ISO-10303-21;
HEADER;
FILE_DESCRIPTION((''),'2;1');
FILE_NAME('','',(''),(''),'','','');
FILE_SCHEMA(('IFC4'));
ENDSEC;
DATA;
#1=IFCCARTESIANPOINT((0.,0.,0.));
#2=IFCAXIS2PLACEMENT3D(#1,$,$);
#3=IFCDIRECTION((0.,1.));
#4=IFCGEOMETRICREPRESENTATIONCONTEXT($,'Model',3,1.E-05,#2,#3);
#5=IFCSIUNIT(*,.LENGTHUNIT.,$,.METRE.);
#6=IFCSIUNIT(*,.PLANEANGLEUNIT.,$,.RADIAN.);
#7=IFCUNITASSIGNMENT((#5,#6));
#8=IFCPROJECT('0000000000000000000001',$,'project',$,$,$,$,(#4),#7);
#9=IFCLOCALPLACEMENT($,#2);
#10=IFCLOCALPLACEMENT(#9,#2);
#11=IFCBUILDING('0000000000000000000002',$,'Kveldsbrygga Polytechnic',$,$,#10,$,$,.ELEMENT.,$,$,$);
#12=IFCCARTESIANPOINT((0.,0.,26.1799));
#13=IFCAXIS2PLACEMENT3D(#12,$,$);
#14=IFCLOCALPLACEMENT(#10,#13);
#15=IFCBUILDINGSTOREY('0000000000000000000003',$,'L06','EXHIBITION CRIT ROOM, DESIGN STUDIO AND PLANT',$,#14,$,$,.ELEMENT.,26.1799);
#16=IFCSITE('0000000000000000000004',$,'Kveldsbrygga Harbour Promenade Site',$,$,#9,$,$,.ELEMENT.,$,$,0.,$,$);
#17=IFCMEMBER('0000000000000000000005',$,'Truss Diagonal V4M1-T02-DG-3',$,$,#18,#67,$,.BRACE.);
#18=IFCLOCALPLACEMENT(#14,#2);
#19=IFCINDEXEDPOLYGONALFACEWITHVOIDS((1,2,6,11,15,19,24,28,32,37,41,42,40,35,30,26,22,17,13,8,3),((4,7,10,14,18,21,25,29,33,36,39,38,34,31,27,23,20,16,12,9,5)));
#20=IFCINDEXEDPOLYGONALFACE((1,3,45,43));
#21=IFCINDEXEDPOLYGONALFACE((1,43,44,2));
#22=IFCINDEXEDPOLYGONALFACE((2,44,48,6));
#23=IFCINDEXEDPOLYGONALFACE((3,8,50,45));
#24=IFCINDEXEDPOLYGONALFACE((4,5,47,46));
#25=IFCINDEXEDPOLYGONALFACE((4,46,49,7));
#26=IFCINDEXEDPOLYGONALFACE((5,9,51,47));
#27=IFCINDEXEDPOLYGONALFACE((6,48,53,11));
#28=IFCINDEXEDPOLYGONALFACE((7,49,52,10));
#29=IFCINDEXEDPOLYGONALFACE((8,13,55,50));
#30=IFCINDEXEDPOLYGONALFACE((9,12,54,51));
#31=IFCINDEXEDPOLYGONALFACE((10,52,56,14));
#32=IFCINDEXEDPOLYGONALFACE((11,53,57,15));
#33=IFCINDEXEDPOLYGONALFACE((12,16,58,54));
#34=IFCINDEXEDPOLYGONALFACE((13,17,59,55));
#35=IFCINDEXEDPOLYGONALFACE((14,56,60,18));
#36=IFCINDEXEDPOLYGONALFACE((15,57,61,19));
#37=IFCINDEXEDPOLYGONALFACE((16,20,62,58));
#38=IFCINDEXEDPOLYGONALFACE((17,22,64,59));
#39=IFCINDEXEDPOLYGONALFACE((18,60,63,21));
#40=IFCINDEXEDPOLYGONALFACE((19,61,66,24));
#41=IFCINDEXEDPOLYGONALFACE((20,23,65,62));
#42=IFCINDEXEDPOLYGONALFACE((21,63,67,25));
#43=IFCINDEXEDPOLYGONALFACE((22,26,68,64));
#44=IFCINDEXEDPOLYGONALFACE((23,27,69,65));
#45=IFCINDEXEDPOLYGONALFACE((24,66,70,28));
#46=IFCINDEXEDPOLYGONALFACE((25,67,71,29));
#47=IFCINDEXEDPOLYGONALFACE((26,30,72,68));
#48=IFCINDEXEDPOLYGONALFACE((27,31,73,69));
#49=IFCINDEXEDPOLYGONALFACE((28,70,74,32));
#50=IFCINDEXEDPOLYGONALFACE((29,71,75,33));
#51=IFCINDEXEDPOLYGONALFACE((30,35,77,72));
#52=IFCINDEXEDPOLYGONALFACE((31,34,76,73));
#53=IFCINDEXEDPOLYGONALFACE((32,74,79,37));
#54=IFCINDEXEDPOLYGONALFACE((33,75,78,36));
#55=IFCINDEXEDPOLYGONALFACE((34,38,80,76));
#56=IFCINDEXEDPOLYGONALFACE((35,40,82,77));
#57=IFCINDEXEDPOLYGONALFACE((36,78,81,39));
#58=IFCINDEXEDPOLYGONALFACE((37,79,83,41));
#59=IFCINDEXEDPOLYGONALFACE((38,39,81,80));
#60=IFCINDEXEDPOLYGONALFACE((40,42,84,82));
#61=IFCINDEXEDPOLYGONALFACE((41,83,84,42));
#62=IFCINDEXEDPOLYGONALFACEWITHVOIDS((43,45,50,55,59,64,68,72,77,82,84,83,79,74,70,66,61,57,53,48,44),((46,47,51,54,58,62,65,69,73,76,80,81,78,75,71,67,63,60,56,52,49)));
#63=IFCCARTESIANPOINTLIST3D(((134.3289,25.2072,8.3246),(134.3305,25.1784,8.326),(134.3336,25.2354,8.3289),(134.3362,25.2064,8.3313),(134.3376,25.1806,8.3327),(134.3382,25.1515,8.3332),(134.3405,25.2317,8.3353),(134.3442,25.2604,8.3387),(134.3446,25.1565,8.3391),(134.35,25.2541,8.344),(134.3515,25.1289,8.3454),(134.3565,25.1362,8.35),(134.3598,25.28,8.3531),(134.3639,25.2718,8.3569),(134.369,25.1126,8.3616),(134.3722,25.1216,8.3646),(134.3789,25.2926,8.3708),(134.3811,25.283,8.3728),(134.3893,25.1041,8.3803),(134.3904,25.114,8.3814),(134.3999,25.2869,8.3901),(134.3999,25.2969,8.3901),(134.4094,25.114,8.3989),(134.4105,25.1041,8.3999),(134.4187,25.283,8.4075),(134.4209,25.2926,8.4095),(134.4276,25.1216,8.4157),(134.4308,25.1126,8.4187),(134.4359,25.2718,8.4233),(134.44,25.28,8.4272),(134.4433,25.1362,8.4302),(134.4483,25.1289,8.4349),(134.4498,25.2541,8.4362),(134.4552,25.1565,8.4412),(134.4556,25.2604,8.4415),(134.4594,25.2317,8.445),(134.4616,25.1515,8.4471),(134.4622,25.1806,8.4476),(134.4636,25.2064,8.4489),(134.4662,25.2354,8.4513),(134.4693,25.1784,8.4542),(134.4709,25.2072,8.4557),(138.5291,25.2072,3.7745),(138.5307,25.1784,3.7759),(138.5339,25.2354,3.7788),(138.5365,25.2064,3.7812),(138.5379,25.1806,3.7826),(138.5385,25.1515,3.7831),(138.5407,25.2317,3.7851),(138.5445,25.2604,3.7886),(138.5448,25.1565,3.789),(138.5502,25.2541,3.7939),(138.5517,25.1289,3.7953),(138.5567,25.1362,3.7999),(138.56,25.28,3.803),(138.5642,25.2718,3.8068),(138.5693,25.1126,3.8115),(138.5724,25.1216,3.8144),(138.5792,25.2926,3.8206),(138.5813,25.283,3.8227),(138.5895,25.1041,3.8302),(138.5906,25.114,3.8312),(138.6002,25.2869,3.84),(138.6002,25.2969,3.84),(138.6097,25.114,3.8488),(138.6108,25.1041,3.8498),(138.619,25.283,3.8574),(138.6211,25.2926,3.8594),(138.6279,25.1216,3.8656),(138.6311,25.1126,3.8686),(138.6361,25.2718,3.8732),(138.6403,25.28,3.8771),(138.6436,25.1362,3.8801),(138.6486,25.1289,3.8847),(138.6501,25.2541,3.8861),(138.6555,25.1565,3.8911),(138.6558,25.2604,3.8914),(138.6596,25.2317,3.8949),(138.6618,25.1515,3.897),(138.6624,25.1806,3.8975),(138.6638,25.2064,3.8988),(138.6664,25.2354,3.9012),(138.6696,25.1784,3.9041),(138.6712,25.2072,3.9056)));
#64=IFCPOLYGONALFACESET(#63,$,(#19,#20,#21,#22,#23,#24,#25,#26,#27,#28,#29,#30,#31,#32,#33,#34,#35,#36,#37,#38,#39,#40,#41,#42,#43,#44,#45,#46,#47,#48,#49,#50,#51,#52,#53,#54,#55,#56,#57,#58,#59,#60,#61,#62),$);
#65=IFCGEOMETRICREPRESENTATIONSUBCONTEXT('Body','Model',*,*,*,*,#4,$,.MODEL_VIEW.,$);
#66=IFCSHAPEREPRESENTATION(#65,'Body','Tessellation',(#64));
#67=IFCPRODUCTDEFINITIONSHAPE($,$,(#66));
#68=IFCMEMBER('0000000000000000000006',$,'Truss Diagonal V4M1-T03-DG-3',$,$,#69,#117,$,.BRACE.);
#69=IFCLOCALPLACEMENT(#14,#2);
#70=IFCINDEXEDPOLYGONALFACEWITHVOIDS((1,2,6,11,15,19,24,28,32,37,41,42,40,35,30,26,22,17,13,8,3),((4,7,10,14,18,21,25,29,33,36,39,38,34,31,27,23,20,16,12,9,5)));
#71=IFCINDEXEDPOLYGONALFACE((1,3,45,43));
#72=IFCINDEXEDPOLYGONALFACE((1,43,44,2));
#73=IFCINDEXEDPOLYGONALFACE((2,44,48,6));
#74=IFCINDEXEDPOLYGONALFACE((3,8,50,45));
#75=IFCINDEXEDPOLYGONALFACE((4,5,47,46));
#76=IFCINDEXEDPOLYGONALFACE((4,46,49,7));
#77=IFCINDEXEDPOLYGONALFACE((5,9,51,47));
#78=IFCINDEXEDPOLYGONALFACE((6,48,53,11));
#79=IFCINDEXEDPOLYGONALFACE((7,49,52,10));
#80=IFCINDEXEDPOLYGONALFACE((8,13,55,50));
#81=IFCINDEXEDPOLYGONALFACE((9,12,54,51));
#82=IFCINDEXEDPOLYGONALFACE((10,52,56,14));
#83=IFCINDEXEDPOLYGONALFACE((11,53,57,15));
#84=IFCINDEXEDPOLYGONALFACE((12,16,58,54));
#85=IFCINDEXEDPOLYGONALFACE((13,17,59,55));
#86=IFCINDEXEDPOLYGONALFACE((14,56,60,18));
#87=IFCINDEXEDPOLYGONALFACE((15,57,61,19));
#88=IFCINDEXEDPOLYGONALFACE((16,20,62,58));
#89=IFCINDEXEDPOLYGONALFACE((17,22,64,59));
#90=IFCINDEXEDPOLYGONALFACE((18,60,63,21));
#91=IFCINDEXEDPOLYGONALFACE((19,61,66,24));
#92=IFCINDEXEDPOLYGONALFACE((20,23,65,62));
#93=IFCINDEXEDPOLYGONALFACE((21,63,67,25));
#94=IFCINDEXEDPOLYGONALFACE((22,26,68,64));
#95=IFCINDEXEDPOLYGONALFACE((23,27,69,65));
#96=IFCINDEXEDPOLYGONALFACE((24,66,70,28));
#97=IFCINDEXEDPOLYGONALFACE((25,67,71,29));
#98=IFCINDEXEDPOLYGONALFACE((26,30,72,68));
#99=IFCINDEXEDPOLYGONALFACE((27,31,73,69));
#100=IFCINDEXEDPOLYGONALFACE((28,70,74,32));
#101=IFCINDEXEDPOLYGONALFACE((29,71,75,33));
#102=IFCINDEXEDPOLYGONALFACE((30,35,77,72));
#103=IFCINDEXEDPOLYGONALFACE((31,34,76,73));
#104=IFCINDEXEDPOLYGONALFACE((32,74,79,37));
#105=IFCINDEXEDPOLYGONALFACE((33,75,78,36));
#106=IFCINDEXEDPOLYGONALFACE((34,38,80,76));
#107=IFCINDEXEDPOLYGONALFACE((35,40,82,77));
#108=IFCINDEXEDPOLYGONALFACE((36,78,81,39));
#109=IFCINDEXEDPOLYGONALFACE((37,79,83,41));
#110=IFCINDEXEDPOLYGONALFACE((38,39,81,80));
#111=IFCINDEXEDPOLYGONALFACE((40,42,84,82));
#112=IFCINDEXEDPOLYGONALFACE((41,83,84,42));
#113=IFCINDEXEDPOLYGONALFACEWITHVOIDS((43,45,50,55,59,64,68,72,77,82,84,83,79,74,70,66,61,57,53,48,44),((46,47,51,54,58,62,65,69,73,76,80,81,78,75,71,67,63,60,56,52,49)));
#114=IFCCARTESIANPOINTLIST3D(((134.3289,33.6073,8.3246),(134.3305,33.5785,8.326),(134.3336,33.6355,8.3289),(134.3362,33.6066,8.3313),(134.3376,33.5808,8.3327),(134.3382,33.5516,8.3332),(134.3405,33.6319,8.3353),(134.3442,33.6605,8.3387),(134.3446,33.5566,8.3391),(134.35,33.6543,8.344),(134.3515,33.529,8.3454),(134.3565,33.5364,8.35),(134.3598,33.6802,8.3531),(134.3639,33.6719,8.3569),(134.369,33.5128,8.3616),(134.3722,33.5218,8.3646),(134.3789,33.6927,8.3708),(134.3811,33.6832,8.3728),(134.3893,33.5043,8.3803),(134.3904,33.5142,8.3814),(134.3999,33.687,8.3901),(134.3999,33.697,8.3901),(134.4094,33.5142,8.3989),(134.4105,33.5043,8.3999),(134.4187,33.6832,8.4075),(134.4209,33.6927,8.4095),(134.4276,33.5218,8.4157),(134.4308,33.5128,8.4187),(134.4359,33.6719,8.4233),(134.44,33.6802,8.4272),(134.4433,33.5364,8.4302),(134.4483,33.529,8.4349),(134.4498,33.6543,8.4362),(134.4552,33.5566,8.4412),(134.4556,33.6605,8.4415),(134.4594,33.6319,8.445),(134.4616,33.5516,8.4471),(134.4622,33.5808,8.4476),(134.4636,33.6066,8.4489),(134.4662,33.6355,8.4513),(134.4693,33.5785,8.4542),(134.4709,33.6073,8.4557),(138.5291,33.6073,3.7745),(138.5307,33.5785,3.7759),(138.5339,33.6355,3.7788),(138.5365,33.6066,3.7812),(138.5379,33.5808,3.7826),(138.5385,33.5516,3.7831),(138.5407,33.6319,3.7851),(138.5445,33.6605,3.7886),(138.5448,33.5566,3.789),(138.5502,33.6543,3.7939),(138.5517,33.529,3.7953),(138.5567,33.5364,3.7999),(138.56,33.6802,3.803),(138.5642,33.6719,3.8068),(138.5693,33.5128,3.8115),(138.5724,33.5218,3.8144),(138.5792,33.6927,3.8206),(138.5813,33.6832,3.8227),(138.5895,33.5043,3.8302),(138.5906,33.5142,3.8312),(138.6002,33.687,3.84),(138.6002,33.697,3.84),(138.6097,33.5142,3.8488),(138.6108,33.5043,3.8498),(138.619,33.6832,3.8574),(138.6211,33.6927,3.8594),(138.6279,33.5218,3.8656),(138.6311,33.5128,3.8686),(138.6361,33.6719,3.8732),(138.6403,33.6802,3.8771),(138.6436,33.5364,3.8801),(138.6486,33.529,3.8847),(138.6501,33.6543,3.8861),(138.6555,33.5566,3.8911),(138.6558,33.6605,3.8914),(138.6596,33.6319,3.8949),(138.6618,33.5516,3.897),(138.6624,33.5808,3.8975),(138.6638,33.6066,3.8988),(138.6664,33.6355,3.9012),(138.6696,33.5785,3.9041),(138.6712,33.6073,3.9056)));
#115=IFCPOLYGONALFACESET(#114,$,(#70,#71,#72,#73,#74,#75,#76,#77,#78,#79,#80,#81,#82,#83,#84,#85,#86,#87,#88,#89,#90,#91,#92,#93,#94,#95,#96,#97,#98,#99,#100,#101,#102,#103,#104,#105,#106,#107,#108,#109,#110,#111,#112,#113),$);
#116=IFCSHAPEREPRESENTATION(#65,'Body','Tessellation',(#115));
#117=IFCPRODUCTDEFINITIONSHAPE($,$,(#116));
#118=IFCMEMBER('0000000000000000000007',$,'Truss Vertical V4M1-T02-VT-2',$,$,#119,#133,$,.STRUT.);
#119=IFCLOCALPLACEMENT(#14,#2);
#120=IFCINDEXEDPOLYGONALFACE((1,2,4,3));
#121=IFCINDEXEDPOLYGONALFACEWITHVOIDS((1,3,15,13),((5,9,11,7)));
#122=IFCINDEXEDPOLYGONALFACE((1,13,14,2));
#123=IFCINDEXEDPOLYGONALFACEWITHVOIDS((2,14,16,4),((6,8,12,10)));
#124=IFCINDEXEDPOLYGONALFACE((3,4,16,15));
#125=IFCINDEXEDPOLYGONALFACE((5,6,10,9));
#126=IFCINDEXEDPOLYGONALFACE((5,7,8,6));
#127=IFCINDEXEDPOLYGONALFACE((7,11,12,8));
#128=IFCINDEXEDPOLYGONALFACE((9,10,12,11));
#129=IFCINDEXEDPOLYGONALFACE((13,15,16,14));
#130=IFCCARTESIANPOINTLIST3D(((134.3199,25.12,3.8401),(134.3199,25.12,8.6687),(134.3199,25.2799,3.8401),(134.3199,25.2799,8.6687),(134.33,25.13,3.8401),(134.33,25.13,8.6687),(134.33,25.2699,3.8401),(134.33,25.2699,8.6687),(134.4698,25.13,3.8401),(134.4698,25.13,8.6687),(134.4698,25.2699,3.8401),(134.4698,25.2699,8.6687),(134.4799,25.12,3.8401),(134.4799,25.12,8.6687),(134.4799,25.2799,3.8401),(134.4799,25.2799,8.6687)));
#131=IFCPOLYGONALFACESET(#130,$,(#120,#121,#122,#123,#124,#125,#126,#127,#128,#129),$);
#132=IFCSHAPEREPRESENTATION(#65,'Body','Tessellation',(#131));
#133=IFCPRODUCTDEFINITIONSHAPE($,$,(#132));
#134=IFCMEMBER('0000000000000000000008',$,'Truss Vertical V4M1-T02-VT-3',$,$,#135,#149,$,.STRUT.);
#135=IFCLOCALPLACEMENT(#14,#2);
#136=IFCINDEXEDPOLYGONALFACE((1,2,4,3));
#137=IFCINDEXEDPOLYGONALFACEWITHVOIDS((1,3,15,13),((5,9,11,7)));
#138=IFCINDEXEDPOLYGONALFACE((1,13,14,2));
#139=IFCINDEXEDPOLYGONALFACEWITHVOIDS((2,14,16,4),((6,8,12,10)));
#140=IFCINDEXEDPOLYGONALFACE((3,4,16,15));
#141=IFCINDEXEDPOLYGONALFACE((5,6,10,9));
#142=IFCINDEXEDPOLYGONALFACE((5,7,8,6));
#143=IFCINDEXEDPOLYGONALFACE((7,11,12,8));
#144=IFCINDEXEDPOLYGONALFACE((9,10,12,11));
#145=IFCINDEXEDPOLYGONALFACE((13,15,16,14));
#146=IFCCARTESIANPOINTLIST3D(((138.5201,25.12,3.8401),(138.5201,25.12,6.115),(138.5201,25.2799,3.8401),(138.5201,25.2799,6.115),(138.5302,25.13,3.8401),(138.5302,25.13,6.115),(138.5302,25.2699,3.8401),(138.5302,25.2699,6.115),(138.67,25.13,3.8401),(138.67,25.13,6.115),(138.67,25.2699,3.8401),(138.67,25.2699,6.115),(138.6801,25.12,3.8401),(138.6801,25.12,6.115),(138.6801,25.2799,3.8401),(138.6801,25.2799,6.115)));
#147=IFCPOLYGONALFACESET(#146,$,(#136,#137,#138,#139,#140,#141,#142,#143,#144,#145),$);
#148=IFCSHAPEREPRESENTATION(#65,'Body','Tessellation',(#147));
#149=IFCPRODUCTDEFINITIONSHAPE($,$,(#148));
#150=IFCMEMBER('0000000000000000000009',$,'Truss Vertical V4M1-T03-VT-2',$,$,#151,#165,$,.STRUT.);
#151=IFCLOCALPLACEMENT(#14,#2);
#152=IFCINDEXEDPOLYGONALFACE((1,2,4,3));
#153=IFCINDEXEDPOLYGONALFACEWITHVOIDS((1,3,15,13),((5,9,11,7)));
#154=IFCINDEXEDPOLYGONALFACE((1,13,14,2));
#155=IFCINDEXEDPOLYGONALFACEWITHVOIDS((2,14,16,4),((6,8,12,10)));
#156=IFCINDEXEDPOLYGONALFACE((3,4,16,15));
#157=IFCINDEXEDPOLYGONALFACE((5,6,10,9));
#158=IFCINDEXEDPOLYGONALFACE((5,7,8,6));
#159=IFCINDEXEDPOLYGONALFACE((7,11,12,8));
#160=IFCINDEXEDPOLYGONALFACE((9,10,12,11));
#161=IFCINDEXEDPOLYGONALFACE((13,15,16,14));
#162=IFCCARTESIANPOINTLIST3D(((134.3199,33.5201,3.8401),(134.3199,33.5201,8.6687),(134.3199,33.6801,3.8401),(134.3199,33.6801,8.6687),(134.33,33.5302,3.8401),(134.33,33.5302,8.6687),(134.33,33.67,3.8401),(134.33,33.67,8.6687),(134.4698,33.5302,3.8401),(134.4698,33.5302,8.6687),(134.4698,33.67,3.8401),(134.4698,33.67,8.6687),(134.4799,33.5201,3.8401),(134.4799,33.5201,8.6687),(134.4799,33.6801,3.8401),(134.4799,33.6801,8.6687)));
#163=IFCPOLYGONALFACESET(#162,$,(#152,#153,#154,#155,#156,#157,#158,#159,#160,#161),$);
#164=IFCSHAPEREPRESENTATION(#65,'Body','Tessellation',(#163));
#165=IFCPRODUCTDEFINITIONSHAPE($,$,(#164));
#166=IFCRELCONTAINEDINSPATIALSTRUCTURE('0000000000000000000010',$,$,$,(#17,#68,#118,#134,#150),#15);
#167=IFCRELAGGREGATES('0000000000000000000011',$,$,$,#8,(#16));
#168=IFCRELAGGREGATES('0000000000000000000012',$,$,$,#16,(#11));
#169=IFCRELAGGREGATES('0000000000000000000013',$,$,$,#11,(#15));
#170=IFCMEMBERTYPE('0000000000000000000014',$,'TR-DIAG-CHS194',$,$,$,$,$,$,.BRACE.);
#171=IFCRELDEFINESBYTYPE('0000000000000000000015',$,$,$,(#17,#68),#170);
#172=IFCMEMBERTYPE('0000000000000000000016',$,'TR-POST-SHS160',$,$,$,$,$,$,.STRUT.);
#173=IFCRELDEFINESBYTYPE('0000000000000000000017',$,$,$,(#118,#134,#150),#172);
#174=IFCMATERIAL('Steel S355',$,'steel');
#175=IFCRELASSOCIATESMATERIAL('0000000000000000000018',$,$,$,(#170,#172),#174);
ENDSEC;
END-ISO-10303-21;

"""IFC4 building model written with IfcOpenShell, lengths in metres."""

from ifc_helpers import new_model, si_unit, direction, frame, origin, origin_2d, place, context, subcontext, project, spatial, hollow_rectangle, hollow_circle, extrude, material, material_profile, profile_set, type_object, element, save


model = new_model("IFC4")

# Units and contexts
model_context = context("Model", 3, precision=1e-05, world=origin(), true_north=direction((0.0, 1.0)))
body_context = subcontext(model_context, "Body", "Model", "MODEL_VIEW")
ifc_project = project(units=[si_unit("LENGTHUNIT", "METRE"), si_unit("PLANEANGLEUNIT", "RADIAN")], contexts=[model_context])

# Site, building, storey
site_placement = place(None, origin())
site = spatial("IfcSite", under=ifc_project, at=site_placement, Name="Kveldsbrygga Harbour Promenade Site", CompositionType="ELEMENT", RefElevation=0.0)
building_placement = place(site_placement, origin())
building = spatial("IfcBuilding", under=site, at=building_placement, Name="Kveldsbrygga Polytechnic", CompositionType="ELEMENT")
storey_placement = place(building_placement, frame((0.0, 0.0, 26.1799)))
storey = spatial("IfcBuildingStorey", under=building, at=storey_placement, Name="L06", Description="EXHIBITION CRIT ROOM, DESIGN STUDIO AND PLANT", CompositionType="ELEMENT", Elevation=26.1799)

# Shared definitions
ifc_material_1 = material(Name="Steel S355", Category="steel")

# Members
ifc_material_profile_1 = material_profile(ifc_material_1, hollow_circle(Radius=0.0969, WallThickness=0.01, at=origin_2d()), Name="CHS 193.7x10.0")
ifc_profile_set_1 = profile_set([ifc_material_profile_1], Name="Steel S355")
member_type_1 = type_object("IfcMemberType", Name="TR-DIAG-CHS194", PredefinedType="BRACE", material=ifc_profile_set_1)
for number, where, z_axis, x_axis, name in (
    (1, (134.3999, 25.2, 8.3901), (0.678293, 0.0, -0.734791), (0.0, 1.0, 0.0), "Truss Diagonal V4M1-T02-DG-3"),
    (2, (134.3999, 33.6001, 8.3901), (0.678293, 0.0, -0.734791), (0.0, 1.0, 0.0), "Truss Diagonal V4M1-T03-DG-3"),
):
    element("IfcMember", number, at=place(storey_placement, frame(where, z_axis=z_axis, x_axis=x_axis)), inside=storey, type_object=member_type_1, Name=name, PredefinedType="BRACE", context=body_context, shape_type="SweptSolid", body=[
        extrude(hollow_circle(Radius=0.0969, WallThickness=0.01, at=origin_2d()), origin(), (0.0, 0.0, 1.0), 6.1924),
    ])
ifc_material_profile_2 = material_profile(ifc_material_1, hollow_rectangle(XDim=0.1599, YDim=0.1599, WallThickness=0.01, at=origin_2d()), Name="SHS 160x160x10.0")
ifc_profile_set_2 = profile_set([ifc_material_profile_2], Name="Steel S355")
member_type_2 = type_object("IfcMemberType", Name="TR-POST-SHS160", PredefinedType="STRUT", material=ifc_profile_set_2)
member_1_placement = place(storey_placement, frame((134.3999, 25.2, 3.8401), z_axis=(0.0, 0.0, 1.0), x_axis=(1.0, 0.0, 0.0)))
element("IfcMember", 3, at=member_1_placement, inside=storey, type_object=member_type_2, Name="Truss Vertical V4M1-T02-VT-2", PredefinedType="STRUT", context=body_context, shape_type="SweptSolid", body=[
    extrude(hollow_rectangle(XDim=0.1599, YDim=0.1599, WallThickness=0.01, at=origin_2d()), origin(), (0.0, 0.0, 1.0), 4.8286),
])
member_2_placement = place(storey_placement, frame((138.6001, 25.2, 3.8401), z_axis=(0.0, 0.0, 1.0), x_axis=(1.0, 0.0, 0.0)))
element("IfcMember", 4, at=member_2_placement, inside=storey, type_object=member_type_2, Name="Truss Vertical V4M1-T02-VT-3", PredefinedType="STRUT", context=body_context, shape_type="SweptSolid", body=[
    extrude(hollow_rectangle(XDim=0.1599, YDim=0.1599, WallThickness=0.01, at=origin_2d()), origin(), (0.0, 0.0, 1.0), 2.2749),
])
member_3_placement = place(storey_placement, frame((134.3999, 33.6001, 3.8401), z_axis=(0.0, 0.0, 1.0), x_axis=(1.0, 0.0, 0.0)))
element("IfcMember", 5, at=member_3_placement, inside=storey, type_object=member_type_2, Name="Truss Vertical V4M1-T03-VT-2", PredefinedType="STRUT", context=body_context, shape_type="SweptSolid", body=[
    extrude(hollow_rectangle(XDim=0.1599, YDim=0.1599, WallThickness=0.01, at=origin_2d()), origin(), (0.0, 0.0, 1.0), 4.8286),
])

save(model, "model.ifc")
